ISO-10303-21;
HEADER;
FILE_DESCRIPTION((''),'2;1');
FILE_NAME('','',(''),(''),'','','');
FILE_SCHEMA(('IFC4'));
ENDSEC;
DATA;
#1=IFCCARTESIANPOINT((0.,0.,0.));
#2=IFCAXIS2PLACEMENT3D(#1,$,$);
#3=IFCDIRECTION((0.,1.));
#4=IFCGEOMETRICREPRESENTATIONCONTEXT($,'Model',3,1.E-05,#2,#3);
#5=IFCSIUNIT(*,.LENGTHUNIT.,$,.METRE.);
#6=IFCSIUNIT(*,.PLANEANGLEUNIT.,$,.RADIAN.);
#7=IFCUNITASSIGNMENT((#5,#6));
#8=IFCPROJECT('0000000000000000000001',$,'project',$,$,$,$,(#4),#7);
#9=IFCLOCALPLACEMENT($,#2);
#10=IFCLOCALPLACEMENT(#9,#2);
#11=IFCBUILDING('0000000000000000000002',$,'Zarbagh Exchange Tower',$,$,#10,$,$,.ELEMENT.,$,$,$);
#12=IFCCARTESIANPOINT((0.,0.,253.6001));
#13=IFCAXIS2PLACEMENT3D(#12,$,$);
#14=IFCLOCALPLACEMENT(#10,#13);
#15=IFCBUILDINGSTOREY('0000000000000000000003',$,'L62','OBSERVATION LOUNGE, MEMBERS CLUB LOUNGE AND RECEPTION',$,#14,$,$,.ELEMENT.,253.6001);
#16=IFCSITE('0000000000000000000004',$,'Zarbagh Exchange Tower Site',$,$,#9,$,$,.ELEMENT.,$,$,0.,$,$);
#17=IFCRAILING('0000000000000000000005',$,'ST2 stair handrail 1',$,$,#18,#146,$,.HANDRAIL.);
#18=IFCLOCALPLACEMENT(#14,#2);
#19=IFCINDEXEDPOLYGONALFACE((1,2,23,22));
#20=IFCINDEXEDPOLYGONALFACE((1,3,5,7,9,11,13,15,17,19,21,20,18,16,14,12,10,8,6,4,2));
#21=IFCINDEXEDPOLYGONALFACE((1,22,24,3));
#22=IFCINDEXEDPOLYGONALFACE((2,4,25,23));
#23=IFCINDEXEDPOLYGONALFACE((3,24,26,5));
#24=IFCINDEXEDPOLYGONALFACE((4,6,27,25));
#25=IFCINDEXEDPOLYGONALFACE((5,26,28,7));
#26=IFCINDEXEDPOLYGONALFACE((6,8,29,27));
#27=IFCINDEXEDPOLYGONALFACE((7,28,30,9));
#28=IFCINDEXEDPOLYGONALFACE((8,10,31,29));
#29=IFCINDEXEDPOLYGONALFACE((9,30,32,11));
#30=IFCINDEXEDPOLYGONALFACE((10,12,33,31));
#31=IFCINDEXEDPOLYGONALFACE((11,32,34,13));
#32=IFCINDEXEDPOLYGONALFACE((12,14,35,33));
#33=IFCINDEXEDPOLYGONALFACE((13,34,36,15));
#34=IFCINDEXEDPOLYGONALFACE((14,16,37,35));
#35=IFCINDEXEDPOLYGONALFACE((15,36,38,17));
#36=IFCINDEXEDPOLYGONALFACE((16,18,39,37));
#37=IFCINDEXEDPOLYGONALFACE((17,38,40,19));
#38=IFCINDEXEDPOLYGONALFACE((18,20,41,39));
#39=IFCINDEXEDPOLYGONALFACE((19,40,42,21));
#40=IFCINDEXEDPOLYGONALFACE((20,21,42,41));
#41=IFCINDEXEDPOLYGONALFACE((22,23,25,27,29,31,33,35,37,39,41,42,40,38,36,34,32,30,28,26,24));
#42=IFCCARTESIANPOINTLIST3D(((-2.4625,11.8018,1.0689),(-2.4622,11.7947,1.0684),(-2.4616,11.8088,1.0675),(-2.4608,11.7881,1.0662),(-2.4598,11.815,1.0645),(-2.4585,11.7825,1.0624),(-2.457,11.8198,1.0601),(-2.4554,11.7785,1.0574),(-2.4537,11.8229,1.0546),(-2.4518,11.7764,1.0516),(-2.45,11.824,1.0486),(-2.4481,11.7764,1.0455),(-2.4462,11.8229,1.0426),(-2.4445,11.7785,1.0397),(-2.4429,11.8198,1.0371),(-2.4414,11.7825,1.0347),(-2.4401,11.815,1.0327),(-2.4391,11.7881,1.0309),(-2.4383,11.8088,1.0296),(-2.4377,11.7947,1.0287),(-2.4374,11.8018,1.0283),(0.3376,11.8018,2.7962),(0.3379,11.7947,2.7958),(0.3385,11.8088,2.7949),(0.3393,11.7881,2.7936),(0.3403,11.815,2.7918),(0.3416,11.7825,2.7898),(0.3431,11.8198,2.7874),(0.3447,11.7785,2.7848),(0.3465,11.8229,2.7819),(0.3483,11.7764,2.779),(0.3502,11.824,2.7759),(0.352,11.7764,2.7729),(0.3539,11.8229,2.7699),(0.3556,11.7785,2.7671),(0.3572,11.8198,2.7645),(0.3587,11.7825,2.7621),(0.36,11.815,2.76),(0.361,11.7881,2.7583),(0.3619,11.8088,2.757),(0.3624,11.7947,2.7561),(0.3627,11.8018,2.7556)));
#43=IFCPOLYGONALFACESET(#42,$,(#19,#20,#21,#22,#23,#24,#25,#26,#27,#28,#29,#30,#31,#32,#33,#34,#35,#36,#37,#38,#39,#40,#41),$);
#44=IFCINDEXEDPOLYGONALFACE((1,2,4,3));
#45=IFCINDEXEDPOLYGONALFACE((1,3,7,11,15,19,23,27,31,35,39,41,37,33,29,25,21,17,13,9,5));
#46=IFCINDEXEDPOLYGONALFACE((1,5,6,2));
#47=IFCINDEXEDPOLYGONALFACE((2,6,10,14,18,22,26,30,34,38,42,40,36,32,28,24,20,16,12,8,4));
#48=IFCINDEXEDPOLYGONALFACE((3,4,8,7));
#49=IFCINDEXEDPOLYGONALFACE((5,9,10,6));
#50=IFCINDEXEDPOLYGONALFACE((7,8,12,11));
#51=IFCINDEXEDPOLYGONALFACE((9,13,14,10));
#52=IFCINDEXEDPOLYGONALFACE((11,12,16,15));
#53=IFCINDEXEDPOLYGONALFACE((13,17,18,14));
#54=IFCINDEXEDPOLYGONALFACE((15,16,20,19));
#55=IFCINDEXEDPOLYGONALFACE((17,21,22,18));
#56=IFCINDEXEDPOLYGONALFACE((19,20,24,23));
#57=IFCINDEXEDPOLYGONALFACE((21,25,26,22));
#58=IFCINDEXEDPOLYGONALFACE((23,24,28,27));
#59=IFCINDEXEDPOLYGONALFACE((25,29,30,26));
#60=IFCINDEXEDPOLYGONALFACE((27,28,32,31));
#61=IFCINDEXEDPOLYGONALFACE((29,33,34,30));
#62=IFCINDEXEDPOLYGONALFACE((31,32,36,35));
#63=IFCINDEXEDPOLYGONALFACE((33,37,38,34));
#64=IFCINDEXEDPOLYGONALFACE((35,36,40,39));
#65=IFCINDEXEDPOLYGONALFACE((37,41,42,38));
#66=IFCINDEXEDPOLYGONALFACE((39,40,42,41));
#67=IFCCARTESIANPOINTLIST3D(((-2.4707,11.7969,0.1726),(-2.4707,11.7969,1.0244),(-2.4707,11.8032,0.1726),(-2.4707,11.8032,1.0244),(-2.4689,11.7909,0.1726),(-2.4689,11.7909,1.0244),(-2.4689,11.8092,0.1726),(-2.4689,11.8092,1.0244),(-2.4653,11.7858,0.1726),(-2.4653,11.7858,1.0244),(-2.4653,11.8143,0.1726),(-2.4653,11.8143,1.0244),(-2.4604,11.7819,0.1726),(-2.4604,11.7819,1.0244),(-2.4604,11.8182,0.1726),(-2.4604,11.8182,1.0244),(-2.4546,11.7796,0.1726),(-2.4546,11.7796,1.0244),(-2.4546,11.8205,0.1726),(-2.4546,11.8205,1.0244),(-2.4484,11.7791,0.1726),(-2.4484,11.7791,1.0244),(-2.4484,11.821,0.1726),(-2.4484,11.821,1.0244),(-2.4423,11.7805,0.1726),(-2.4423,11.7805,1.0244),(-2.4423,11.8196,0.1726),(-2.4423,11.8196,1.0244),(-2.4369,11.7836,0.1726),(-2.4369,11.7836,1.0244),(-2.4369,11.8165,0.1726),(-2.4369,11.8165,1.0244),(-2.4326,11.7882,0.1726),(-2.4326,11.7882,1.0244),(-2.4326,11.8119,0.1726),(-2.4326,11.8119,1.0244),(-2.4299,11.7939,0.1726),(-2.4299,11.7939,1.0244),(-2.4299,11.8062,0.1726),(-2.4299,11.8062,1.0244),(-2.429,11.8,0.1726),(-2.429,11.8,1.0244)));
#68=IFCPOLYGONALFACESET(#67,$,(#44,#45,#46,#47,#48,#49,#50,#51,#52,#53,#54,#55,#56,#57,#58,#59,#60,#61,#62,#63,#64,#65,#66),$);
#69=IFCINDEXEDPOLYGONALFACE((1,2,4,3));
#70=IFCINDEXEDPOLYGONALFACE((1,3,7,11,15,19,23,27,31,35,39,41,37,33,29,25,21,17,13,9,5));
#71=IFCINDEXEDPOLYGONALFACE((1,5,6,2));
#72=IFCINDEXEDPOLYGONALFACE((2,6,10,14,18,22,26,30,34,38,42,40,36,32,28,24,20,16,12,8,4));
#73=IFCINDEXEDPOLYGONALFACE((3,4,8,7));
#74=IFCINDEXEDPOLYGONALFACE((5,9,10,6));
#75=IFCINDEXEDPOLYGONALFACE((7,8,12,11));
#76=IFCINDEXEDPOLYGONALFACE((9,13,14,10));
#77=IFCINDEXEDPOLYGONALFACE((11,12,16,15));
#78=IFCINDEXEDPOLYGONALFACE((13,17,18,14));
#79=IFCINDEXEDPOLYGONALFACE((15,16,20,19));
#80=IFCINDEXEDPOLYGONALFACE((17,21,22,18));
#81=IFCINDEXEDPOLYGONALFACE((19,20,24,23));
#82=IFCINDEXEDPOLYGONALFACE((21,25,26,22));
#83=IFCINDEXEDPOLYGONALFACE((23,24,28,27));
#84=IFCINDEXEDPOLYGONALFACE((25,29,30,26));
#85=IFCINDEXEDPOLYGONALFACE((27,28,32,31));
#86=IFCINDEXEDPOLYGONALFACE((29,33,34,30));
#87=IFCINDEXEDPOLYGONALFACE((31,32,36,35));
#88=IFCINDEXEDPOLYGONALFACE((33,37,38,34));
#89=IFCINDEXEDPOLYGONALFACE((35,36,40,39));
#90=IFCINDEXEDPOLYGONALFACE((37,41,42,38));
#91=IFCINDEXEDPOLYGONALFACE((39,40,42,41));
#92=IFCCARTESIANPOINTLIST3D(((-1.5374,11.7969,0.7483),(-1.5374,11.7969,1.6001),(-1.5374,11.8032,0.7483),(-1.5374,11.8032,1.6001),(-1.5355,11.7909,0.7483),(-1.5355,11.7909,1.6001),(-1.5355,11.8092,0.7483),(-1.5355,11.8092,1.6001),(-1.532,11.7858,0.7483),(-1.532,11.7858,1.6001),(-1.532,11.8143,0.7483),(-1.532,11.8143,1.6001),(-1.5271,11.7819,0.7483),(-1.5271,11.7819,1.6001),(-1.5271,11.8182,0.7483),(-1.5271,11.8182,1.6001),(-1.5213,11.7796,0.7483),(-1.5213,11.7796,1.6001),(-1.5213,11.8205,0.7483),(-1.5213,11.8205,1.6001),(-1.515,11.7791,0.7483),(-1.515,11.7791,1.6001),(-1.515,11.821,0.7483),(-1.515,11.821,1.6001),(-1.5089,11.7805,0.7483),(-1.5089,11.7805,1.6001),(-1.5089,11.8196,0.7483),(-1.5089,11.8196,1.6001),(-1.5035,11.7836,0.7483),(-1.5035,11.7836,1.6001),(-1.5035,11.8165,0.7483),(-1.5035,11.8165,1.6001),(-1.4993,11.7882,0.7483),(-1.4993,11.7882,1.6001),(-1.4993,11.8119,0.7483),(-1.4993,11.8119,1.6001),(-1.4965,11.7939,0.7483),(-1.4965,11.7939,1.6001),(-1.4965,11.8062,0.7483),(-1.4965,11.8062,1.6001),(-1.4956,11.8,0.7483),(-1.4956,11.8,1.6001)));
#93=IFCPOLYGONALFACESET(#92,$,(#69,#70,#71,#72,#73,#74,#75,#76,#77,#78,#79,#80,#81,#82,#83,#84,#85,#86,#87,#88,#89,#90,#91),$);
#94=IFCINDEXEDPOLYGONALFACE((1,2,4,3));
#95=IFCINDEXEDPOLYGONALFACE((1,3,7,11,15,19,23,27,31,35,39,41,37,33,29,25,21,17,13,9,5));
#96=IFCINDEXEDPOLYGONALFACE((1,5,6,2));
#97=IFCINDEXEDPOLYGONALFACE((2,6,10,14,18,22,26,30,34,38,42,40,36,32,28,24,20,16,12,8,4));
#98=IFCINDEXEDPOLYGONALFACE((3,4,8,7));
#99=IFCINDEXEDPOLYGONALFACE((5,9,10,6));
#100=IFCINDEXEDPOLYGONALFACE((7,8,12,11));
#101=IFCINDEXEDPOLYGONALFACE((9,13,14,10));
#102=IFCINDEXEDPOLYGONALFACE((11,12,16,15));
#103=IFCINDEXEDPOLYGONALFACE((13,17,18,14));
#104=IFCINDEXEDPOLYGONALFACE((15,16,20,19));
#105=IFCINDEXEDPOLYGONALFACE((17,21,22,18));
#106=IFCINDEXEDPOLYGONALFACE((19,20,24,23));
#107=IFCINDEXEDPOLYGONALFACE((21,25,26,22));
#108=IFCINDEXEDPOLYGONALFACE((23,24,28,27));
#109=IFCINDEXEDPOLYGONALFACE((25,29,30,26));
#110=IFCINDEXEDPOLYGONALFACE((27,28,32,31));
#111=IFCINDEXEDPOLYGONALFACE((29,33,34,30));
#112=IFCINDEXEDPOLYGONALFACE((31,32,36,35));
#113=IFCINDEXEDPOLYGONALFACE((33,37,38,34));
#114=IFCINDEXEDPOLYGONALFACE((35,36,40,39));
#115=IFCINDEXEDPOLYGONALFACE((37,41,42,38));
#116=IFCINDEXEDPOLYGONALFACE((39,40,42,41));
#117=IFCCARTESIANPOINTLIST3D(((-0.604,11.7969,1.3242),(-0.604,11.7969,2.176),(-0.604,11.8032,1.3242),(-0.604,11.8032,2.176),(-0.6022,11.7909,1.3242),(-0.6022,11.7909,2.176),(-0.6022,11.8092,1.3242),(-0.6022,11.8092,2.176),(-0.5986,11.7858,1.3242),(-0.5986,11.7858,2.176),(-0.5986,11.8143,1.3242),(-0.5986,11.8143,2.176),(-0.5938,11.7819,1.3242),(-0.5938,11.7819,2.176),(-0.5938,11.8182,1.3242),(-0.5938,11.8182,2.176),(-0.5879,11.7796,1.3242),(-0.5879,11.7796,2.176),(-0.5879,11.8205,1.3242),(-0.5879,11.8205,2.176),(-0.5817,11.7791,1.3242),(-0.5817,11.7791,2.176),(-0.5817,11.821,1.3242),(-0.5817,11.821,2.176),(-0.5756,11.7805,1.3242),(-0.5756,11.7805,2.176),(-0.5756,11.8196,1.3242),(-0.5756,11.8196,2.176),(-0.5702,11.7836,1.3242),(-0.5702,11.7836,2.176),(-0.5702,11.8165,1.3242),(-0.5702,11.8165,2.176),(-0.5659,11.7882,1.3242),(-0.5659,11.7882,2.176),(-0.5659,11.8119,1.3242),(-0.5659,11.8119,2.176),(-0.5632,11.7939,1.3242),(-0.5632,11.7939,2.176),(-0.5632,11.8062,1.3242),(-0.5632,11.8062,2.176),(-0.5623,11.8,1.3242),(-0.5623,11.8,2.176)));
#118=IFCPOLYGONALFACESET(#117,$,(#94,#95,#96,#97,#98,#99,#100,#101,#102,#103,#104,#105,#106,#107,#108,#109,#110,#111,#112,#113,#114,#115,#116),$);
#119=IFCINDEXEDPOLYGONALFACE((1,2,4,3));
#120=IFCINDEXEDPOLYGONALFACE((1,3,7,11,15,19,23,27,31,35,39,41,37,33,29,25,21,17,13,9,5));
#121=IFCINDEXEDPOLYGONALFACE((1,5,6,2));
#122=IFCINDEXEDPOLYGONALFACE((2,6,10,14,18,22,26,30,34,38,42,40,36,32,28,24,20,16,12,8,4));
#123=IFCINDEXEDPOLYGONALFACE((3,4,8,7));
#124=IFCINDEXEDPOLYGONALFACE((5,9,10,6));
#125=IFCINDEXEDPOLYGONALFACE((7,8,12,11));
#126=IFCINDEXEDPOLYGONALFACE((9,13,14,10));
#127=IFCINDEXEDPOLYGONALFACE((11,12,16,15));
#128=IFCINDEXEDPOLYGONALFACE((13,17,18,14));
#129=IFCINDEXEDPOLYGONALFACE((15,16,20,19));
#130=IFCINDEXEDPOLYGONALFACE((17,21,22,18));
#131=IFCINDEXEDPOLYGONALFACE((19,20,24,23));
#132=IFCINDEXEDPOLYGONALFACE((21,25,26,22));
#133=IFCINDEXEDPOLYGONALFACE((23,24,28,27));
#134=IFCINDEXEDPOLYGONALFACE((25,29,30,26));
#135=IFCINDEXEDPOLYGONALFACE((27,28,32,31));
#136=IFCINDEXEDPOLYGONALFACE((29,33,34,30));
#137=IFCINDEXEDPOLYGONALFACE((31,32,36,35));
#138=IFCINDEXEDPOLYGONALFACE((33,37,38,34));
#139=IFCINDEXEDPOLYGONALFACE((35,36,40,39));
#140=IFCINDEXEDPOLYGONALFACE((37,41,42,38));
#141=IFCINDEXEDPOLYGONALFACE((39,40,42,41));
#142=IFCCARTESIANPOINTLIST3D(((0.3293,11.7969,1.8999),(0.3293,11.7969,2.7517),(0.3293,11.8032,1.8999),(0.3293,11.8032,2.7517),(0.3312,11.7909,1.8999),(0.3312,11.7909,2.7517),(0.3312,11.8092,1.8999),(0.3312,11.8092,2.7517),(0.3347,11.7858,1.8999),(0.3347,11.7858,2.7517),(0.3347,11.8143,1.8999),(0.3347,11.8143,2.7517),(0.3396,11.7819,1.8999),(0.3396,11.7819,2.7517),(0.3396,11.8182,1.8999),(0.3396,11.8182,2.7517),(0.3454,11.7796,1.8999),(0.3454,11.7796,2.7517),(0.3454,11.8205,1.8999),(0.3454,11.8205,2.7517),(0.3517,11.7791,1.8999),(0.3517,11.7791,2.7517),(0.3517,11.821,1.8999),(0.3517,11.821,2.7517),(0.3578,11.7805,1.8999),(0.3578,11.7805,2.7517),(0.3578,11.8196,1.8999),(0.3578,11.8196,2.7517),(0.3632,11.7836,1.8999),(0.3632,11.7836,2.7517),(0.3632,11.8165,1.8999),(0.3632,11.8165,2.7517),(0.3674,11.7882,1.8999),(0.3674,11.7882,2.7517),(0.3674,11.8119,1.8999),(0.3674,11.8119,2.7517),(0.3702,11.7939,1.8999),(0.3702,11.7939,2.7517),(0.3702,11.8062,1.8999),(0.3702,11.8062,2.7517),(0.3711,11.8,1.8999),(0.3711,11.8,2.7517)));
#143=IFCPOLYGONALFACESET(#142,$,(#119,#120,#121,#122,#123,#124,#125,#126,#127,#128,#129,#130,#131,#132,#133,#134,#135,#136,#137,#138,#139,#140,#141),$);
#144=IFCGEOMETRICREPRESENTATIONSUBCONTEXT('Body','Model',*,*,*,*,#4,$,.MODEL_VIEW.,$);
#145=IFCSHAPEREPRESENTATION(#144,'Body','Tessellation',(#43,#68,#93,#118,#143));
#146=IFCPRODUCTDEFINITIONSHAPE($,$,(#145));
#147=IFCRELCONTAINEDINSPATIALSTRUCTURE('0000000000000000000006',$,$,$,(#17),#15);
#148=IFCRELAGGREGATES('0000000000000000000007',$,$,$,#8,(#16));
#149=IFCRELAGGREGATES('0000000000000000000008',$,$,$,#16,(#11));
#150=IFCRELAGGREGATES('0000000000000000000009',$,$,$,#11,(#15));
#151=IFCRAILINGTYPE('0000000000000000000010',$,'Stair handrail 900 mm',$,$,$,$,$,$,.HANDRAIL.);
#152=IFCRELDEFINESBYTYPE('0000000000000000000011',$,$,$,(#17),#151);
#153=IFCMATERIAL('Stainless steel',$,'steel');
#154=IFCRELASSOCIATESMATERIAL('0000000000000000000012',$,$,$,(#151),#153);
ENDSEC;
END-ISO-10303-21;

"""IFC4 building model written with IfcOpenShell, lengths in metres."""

from ifc_helpers import new_model, si_unit, direction, frame, origin, origin_2d, place, context, subcontext, project, spatial, circle, extrude, material, type_object, element, save


model = new_model("IFC4")

# Units and contexts
model_context = context("Model", 3, precision=1e-05, world=origin(), true_north=direction((0.0, 1.0)))
body_context = subcontext(model_context, "Body", "Model", "MODEL_VIEW")
ifc_project = project(units=[si_unit("LENGTHUNIT", "METRE"), si_unit("PLANEANGLEUNIT", "RADIAN")], contexts=[model_context])

# Site, building, storey
site_placement = place(None, origin())
site = spatial("IfcSite", under=ifc_project, at=site_placement, Name="Zarbagh Exchange Tower Site", CompositionType="ELEMENT", RefElevation=0.0)
building_placement = place(site_placement, origin())
building = spatial("IfcBuilding", under=site, at=building_placement, Name="Zarbagh Exchange Tower", CompositionType="ELEMENT")
storey_placement = place(building_placement, frame((0.0, 0.0, 253.6001)))
storey = spatial("IfcBuildingStorey", under=building, at=storey_placement, Name="L62", Description="OBSERVATION LOUNGE, MEMBERS CLUB LOUNGE AND RECEPTION", CompositionType="ELEMENT", Elevation=253.6001)

# Railing
ifc_material_1 = material(Name="Stainless steel", Category="steel")
railing_type = type_object("IfcRailingType", Name="Stair handrail 900 mm", PredefinedType="HANDRAIL", material=ifc_material_1)
railing_1_placement = place(storey_placement, frame((-2.45, 11.8, 0.1726)))
element("IfcRailing", 1, at=railing_1_placement, inside=storey, type_object=railing_type, Name="ST2 stair handrail 1", PredefinedType="HANDRAIL", context=body_context, shape_type="SweptSolid", body=[
    extrude(circle(Radius=0.0239, at=origin_2d()), frame((0.0, 0.0, 0.876), z_axis=(0.85109, 0.0, 0.52502), x_axis=(0.0, 1.0, 0.0)), (0.0, 0.0, 1.0), 3.29),
    extrude(circle(Radius=0.021, at=origin_2d()), origin(), (0.0, 0.0, 1.0), 0.8518),
    extrude(circle(Radius=0.021, at=origin_2d()), frame((0.9333, 0.0, 0.5757)), (0.0, 0.0, 1.0), 0.8518),
    extrude(circle(Radius=0.021, at=origin_2d()), frame((1.8667, 0.0, 1.1516)), (0.0, 0.0, 1.0), 0.8518),
    extrude(circle(Radius=0.021, at=origin_2d()), frame((2.8, 0.0, 1.7273)), (0.0, 0.0, 1.0), 0.8518),
])

save(model, "model.ifc")
